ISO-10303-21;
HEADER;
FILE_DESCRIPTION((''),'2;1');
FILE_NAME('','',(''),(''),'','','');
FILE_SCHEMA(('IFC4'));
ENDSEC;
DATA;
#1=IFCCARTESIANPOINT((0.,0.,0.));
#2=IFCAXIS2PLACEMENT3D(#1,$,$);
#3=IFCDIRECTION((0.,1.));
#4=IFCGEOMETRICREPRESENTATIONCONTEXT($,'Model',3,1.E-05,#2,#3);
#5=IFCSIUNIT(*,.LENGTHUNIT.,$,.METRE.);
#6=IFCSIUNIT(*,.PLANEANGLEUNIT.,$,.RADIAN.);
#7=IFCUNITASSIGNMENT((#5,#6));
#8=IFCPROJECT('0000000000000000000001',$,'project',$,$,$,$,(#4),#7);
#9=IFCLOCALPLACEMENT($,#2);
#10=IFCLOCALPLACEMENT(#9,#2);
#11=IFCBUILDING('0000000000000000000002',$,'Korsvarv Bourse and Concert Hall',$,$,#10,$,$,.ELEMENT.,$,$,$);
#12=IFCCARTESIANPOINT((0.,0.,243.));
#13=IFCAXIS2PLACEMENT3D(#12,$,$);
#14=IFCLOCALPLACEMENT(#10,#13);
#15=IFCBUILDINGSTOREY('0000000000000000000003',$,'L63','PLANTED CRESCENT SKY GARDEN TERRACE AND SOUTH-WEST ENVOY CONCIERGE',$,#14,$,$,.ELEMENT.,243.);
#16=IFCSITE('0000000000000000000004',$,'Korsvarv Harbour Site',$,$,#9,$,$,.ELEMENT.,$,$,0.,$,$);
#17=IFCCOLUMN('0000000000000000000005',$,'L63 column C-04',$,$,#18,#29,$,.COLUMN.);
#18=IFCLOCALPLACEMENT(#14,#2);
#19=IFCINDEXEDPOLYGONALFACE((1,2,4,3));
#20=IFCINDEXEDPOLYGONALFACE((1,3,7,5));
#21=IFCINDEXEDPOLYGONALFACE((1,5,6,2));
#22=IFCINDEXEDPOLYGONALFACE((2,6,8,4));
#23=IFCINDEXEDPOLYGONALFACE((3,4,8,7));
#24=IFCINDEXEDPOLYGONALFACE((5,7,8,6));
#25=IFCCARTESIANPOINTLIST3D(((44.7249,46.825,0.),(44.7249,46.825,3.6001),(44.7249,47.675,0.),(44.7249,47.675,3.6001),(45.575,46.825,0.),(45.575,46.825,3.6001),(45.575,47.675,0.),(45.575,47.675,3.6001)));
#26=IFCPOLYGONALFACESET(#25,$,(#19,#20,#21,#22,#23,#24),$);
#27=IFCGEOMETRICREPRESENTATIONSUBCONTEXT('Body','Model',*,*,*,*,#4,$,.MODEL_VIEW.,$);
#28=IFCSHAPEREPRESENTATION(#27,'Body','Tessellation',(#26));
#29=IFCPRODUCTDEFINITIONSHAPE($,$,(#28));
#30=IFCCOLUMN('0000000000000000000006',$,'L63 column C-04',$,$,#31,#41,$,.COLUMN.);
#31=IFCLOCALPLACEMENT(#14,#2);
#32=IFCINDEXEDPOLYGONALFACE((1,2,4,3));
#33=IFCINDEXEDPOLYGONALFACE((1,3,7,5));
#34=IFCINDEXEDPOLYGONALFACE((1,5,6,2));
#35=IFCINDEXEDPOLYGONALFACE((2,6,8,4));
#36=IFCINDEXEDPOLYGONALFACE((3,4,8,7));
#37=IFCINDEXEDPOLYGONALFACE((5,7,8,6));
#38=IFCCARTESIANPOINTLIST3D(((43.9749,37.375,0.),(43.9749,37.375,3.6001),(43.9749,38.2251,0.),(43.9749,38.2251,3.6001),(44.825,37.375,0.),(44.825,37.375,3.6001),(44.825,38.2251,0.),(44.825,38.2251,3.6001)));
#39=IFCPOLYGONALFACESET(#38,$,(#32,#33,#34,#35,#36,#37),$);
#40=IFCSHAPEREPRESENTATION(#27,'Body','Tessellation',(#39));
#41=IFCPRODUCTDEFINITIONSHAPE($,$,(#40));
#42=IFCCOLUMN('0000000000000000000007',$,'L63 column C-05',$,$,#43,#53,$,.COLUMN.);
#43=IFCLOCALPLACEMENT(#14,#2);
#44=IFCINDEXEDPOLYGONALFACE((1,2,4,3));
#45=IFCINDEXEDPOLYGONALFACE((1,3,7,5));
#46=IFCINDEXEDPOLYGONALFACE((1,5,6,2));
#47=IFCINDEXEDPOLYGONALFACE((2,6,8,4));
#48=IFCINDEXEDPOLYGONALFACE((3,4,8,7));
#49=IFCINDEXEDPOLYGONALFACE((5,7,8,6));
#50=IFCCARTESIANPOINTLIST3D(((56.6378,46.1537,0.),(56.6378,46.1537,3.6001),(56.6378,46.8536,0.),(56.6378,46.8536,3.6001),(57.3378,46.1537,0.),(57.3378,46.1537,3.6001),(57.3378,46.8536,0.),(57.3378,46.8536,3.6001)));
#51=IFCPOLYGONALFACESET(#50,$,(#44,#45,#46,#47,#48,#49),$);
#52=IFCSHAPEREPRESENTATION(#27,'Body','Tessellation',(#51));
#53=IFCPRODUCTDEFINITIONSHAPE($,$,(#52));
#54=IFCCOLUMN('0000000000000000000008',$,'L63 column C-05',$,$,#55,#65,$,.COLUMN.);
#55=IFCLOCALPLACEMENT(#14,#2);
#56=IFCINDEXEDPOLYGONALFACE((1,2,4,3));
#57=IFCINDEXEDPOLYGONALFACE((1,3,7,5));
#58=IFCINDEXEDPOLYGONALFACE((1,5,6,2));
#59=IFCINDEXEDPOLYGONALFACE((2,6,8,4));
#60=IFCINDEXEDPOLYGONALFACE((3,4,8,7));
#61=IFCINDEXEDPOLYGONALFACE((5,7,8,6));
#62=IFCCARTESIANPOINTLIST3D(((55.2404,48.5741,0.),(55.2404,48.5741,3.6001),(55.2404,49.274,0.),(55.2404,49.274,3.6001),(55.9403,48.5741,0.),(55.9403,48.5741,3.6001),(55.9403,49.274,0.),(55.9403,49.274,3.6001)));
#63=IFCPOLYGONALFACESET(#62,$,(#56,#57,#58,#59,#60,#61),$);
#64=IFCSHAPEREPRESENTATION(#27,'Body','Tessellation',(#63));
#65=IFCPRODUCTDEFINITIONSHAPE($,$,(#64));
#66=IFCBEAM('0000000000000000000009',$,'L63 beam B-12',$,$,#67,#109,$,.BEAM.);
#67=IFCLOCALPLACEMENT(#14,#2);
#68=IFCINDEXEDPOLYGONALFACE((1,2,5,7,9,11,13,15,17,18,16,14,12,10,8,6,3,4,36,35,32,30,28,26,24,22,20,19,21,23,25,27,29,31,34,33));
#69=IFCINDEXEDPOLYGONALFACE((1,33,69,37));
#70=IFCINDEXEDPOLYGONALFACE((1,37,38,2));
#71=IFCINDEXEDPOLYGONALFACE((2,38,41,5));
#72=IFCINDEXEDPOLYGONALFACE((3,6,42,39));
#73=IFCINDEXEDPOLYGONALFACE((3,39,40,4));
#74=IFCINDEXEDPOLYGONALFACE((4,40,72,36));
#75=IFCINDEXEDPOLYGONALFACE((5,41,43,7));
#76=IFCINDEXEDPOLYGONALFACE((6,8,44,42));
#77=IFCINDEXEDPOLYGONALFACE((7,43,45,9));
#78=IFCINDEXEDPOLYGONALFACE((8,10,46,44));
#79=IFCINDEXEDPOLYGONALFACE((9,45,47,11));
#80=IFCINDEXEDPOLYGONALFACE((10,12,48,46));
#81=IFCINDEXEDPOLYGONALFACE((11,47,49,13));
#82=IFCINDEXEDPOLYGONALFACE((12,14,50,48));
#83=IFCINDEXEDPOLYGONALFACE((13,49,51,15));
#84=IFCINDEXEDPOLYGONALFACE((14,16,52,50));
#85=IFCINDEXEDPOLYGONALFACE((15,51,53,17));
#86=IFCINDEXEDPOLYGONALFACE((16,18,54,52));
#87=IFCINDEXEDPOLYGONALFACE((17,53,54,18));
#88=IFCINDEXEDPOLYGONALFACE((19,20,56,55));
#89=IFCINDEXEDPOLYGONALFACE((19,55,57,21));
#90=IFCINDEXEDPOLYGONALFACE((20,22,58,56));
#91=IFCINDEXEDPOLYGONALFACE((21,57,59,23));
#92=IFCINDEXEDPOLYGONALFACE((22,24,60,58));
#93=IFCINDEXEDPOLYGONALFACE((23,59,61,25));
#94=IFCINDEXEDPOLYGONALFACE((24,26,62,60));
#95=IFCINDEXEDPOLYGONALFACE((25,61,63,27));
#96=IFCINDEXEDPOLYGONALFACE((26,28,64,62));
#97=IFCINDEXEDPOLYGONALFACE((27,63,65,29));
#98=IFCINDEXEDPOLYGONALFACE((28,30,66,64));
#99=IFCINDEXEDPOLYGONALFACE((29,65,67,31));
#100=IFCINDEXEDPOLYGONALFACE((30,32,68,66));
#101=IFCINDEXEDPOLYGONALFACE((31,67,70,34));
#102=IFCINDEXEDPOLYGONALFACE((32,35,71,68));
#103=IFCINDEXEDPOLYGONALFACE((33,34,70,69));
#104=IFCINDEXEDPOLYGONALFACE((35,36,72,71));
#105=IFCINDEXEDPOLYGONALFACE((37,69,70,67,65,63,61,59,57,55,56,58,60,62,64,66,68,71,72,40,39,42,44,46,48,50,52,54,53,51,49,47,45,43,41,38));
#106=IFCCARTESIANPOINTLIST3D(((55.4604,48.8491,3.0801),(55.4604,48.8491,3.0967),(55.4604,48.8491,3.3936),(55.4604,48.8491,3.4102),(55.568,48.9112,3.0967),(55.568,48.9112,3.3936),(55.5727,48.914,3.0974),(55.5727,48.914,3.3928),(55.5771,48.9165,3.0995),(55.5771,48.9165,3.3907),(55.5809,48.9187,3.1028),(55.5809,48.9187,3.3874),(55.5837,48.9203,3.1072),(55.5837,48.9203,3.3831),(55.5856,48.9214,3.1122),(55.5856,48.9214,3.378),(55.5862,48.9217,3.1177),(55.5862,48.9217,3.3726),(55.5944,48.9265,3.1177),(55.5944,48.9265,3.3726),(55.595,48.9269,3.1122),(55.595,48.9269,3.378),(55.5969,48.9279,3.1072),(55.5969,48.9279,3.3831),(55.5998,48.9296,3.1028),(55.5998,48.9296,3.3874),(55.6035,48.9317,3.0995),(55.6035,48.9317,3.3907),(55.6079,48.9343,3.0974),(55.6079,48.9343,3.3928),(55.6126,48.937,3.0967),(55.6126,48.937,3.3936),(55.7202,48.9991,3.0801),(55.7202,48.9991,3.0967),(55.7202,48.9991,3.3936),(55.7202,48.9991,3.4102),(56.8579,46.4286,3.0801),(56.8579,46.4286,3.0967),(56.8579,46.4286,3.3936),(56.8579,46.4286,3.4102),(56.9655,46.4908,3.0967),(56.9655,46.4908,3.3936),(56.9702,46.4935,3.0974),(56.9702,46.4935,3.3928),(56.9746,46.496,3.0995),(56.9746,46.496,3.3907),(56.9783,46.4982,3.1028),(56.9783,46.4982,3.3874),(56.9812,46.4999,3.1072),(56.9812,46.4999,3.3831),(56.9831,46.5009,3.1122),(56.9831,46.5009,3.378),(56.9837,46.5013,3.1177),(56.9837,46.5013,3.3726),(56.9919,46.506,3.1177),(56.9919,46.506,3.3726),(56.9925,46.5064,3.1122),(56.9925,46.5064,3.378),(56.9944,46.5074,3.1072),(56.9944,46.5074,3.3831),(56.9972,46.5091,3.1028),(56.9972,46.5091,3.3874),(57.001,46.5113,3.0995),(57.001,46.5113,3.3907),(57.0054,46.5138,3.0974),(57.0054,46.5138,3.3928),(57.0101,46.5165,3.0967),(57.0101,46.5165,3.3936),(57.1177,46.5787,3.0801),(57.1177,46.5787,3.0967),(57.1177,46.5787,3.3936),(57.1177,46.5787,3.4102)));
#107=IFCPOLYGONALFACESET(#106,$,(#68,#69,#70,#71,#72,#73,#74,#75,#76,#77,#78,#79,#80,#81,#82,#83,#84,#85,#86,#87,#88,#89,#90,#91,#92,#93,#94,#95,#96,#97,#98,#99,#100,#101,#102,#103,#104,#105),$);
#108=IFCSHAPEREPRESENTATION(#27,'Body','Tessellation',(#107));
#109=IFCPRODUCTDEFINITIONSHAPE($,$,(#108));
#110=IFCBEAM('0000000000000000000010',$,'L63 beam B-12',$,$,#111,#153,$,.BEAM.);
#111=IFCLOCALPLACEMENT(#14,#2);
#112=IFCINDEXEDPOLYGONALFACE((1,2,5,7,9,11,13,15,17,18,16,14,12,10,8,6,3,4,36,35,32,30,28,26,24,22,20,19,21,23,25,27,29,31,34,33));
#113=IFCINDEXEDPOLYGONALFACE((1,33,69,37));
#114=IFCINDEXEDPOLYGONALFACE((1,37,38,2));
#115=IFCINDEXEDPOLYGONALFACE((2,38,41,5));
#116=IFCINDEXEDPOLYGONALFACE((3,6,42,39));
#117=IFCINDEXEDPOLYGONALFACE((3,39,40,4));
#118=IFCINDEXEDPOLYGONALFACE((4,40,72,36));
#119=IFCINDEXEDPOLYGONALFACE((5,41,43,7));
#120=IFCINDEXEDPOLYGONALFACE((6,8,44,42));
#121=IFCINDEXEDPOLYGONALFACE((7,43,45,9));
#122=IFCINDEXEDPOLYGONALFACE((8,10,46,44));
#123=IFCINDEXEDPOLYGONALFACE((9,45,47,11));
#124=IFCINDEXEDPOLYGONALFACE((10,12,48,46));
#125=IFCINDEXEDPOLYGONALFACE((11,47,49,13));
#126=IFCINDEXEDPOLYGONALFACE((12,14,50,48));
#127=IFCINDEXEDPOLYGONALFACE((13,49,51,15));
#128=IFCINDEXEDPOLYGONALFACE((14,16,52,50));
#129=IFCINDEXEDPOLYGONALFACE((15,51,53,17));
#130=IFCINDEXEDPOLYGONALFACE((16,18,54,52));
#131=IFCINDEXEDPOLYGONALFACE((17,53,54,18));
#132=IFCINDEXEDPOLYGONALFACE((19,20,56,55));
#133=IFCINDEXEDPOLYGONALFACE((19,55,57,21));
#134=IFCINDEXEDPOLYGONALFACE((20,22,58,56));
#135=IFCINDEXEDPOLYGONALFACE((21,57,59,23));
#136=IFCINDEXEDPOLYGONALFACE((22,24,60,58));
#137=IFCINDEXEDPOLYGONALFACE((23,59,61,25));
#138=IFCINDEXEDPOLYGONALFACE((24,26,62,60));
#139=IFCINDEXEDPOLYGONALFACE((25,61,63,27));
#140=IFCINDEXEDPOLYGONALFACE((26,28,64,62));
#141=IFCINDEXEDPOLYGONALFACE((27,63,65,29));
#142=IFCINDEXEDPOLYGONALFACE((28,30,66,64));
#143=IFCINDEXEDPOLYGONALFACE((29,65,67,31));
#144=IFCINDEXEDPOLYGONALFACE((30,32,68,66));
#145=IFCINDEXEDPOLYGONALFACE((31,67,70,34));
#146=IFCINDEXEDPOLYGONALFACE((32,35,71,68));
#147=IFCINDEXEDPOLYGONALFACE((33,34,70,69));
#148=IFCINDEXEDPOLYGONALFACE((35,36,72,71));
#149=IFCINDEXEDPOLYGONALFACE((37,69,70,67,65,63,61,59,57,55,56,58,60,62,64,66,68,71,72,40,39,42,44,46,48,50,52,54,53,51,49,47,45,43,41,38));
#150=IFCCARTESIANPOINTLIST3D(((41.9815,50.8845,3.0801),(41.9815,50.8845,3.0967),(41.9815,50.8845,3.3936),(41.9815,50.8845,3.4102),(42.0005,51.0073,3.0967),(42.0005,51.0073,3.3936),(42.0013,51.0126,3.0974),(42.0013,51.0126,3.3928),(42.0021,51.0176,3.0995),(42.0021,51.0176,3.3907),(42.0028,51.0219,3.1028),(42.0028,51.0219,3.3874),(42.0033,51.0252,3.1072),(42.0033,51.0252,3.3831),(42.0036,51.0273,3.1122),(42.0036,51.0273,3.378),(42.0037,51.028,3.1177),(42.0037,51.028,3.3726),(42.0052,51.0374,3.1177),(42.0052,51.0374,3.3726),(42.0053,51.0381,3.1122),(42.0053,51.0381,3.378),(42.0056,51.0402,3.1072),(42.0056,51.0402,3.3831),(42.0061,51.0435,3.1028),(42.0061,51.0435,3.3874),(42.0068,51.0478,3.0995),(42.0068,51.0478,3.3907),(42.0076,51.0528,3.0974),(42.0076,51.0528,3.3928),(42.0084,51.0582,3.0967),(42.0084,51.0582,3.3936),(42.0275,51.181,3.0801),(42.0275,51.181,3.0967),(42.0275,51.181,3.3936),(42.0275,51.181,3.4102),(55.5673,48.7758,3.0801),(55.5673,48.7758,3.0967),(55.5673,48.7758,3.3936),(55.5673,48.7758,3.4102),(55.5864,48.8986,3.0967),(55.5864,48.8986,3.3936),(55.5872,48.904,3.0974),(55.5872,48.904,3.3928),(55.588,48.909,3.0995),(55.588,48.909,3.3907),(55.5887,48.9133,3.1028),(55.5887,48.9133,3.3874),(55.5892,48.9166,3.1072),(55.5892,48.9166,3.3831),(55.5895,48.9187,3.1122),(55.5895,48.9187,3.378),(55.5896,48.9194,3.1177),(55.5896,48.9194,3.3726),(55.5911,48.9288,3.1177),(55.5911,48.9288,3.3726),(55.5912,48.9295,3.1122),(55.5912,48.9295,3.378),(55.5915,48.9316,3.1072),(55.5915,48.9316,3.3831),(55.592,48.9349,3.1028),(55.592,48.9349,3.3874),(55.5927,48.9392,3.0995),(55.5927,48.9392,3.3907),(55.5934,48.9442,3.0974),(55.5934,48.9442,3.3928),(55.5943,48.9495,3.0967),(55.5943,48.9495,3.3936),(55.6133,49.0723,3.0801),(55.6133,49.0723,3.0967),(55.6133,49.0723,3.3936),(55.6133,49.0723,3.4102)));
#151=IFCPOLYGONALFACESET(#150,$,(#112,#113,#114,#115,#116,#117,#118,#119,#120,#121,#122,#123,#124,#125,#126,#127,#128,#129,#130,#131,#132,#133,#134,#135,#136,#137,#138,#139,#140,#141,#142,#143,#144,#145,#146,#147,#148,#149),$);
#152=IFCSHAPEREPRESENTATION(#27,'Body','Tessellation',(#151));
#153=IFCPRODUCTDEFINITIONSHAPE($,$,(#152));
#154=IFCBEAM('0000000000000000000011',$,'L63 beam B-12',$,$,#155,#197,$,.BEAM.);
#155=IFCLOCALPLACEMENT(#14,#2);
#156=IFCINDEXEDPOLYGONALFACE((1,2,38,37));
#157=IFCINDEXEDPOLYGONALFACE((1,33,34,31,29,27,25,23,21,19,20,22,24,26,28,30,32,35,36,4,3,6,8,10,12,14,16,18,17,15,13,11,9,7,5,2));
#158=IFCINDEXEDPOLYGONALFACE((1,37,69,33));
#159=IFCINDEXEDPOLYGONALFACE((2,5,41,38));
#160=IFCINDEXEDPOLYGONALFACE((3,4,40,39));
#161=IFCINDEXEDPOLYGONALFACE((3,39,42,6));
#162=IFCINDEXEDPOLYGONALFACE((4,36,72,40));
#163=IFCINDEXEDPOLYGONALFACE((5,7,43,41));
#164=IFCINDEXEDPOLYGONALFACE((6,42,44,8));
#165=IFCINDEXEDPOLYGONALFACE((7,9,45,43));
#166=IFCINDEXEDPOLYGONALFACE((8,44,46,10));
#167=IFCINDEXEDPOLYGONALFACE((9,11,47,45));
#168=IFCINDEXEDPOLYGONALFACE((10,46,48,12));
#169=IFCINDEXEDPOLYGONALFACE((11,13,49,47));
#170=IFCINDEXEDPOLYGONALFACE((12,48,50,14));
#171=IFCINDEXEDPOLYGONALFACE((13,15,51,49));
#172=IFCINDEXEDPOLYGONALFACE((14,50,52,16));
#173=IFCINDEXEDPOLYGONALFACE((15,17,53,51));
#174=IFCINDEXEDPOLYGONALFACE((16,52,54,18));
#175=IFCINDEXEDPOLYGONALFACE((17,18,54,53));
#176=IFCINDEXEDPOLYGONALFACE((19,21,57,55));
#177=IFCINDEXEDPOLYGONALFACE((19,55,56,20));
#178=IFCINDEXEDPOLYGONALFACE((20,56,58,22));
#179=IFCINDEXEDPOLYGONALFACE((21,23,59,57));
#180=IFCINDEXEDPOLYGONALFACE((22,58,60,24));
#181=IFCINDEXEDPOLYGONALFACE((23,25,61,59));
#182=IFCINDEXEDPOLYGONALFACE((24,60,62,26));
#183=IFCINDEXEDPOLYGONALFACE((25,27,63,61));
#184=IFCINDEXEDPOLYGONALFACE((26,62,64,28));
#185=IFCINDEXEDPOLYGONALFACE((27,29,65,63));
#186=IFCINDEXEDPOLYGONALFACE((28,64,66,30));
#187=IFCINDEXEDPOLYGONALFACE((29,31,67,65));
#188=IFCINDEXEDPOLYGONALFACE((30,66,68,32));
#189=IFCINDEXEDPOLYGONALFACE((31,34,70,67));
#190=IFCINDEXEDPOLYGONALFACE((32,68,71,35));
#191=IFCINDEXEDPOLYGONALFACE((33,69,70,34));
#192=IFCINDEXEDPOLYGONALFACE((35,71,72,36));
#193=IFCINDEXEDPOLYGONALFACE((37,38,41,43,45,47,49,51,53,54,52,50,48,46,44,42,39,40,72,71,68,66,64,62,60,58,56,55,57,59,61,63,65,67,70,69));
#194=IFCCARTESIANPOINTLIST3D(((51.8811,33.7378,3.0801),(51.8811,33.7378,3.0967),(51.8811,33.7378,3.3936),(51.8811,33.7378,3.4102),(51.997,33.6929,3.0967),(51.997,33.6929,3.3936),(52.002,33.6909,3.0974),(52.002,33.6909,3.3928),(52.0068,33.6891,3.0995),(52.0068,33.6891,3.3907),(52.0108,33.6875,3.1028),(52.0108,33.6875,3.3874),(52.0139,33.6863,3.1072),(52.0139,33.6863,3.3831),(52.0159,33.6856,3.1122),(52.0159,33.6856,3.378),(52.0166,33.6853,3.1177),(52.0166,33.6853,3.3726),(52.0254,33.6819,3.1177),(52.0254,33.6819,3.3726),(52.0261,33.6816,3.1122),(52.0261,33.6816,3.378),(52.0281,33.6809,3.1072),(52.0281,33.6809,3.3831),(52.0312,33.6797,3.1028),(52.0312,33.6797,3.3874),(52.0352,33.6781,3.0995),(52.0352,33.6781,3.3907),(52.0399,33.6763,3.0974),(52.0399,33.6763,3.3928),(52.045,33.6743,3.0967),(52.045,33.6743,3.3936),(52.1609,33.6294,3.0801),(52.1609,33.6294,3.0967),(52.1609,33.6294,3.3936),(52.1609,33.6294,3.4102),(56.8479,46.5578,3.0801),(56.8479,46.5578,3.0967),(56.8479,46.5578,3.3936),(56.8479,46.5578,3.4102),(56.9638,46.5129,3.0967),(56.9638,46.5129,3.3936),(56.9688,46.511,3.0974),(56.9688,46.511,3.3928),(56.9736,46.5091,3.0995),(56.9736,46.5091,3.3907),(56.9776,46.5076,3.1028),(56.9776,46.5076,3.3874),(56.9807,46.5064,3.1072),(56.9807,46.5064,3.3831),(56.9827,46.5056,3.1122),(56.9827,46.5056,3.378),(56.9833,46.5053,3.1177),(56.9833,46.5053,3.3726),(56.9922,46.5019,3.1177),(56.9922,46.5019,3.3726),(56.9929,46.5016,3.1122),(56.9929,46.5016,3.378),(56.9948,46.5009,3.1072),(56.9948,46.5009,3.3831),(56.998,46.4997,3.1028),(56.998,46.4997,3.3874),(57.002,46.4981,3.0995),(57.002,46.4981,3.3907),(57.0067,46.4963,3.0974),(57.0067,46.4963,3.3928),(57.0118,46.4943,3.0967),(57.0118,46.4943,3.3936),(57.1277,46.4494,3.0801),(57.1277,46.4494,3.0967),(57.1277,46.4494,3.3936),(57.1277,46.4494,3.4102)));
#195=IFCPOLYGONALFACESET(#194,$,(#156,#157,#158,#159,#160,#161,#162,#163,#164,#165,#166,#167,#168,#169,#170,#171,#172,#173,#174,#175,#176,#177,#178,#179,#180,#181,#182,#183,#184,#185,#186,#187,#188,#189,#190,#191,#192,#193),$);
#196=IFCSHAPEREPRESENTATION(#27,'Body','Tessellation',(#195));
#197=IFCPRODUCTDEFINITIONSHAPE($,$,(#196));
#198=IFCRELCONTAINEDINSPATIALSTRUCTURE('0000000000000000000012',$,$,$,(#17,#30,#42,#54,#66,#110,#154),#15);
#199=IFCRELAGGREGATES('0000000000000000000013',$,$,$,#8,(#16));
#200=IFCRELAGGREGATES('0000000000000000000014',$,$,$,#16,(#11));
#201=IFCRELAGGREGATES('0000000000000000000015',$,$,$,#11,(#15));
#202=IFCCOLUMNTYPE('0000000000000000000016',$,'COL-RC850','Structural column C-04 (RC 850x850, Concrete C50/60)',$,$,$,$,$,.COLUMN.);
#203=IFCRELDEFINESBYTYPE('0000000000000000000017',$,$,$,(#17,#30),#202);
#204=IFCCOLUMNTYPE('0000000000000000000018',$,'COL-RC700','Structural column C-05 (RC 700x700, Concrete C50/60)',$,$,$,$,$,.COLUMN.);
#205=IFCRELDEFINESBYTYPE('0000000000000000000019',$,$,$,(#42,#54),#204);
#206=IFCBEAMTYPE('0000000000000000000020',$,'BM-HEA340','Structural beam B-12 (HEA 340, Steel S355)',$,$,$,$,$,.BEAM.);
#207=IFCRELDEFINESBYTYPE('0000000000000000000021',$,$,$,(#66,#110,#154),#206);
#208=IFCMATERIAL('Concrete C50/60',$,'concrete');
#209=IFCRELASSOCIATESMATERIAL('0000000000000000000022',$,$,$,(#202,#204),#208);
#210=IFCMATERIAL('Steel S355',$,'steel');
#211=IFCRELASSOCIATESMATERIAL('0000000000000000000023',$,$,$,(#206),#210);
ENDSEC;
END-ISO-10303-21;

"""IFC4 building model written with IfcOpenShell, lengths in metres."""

from ifc_helpers import new_model, si_unit, direction, frame, origin, origin_2d, place, context, subcontext, project, spatial, rectangle, i_section, extrude, source, transform, mapped, material, material_profile, profile_set, type_object, element, save


model = new_model("IFC4")

# Units and contexts
model_context = context("Model", 3, precision=1e-05, world=origin(), true_north=direction((0.0, 1.0)))
body_context = subcontext(model_context, "Body", "Model", "MODEL_VIEW")
ifc_project = project(units=[si_unit("LENGTHUNIT", "METRE"), si_unit("PLANEANGLEUNIT", "RADIAN")], contexts=[model_context])

# Site, building, storey
site_placement = place(None, origin())
site = spatial("IfcSite", under=ifc_project, at=site_placement, Name="Korsvarv Harbour Site", CompositionType="ELEMENT", RefElevation=0.0)
building_placement = place(site_placement, origin())
building = spatial("IfcBuilding", under=site, at=building_placement, Name="Korsvarv Bourse and Concert Hall", CompositionType="ELEMENT")
storey_placement = place(building_placement, frame((0.0, 0.0, 243.0)))
storey = spatial("IfcBuildingStorey", under=building, at=storey_placement, Name="L63", Description="PLANTED CRESCENT SKY GARDEN TERRACE AND SOUTH-WEST ENVOY CONCIERGE", CompositionType="ELEMENT", Elevation=243.0)

# Columns
ifc_material_1 = material(Name="Concrete C50/60", Category="concrete")
ifc_material_profile_1 = material_profile(ifc_material_1, rectangle(XDim=0.8501, YDim=0.8501, at=origin_2d()), Name="RC 850x850")
ifc_profile_set_1 = profile_set([ifc_material_profile_1], Name="Concrete C50/60")
column_type_1 = type_object("IfcColumnType", Name="COL-RC850", Description="Structural column C-04 (RC 850x850, Concrete C50/60)", PredefinedType="COLUMN", material=ifc_profile_set_1)
shared_shape_1 = source(origin(), body_context, "Body", "SweptSolid", [
    extrude(rectangle(XDim=0.8501, YDim=0.8501, at=origin_2d()), origin(), (0.0, 0.0, 1.0), 3.6001),
])
for number, where, z_axis, x_axis, name in (
    (1, (45.1499, 47.25, 0.0), (0.0, 0.0, 1.0), (1.0, 0.0, 0.0), "L63 column C-04"),
    (2, (44.3999, 37.8, 0.0), (0.0, 0.0, 1.0), (1.0, 0.0, 0.0), "L63 column C-04"),
):
    element("IfcColumn", number, at=place(storey_placement, frame(where, z_axis=z_axis, x_axis=x_axis)), inside=storey, type_object=column_type_1, Name=name, PredefinedType="COLUMN", context=body_context, shape_type="MappedRepresentation", body=[
        mapped(shared_shape_1, transform((0.0, 0.0, 0.0), scale=1.0)),
    ])
ifc_material_profile_2 = material_profile(ifc_material_1, rectangle(XDim=0.7, YDim=0.7, at=origin_2d()), Name="RC 700x700")
ifc_profile_set_2 = profile_set([ifc_material_profile_2], Name="Concrete C50/60")
column_type_2 = type_object("IfcColumnType", Name="COL-RC700", Description="Structural column C-05 (RC 700x700, Concrete C50/60)", PredefinedType="COLUMN", material=ifc_profile_set_2)
shared_shape_2 = source(origin(), body_context, "Body", "SweptSolid", [
    extrude(rectangle(XDim=0.7, YDim=0.7, at=origin_2d()), origin(), (0.0, 0.0, 1.0), 3.6001),
])
for number, where, z_axis, x_axis, name in (
    (3, (56.9878, 46.5037, 0.0), (0.0, 0.0, 1.0), (1.0, 0.0, 0.0), "L63 column C-05"),
    (4, (55.5903, 48.9241, 0.0), (0.0, 0.0, 1.0), (1.0, 0.0, 0.0), "L63 column C-05"),
):
    element("IfcColumn", number, at=place(storey_placement, frame(where, z_axis=z_axis, x_axis=x_axis)), inside=storey, type_object=column_type_2, Name=name, PredefinedType="COLUMN", context=body_context, shape_type="MappedRepresentation", body=[
        mapped(shared_shape_2, transform((0.0, 0.0, 0.0), scale=1.0)),
    ])

# Beams
ifc_material_2 = material(Name="Steel S355", Category="steel")
ifc_material_profile_3 = material_profile(ifc_material_2, i_section(OverallWidth=0.3, OverallDepth=0.3301, WebThickness=0.0095, FlangeThickness=0.0166, FilletRadius=0.021, at=origin_2d()), Name="HEA 340")
ifc_profile_set_3 = profile_set([ifc_material_profile_3], Name="Steel S355")
beam_type_1 = type_object("IfcBeamType", Name="BM-HEA340", Description="Structural beam B-12 (HEA 340, Steel S355)", PredefinedType="BEAM", material=ifc_profile_set_3)
shared_shape_3 = source(origin(), body_context, "Body", "SweptSolid", [
    extrude(i_section(OverallWidth=0.3, OverallDepth=0.3301, WebThickness=0.0095, FlangeThickness=0.0166, FilletRadius=0.021, at=origin_2d()), origin(), (0.0, 0.0, 1.0), 2.7949),
])
beam_1_placement = place(storey_placement, frame((56.9878, 46.5037, 3.2451), z_axis=(-0.50001, 0.86602, 0.0), x_axis=(-0.86602, -0.50001, 0.0)))
element("IfcBeam", 5, at=beam_1_placement, inside=storey, type_object=beam_type_1, Name="L63 beam B-12", PredefinedType="BEAM", context=body_context, shape_type="MappedRepresentation", body=[
    mapped(shared_shape_3, transform((0.0, 0.0, 0.0), scale=1.0)),
])
shared_shape_4 = source(origin(), body_context, "Body", "SweptSolid", [
    extrude(i_section(OverallWidth=0.3, OverallDepth=0.3301, WebThickness=0.0095, FlangeThickness=0.0166, FilletRadius=0.021, at=origin_2d()), origin(), (0.0, 0.0, 1.0), 13.7485),
])
for number, where, z_axis, x_axis, name in (
    (6, (55.5903, 48.9241, 3.2451), (-0.988169, 0.153371, 0.0), (-0.153371, -0.988169, 0.0), "L63 beam B-12"),
    (7, (52.021, 33.6836, 3.2451), (0.361259, 0.932465, 0.0), (-0.932465, 0.361259, 0.0), "L63 beam B-12"),
):
    element("IfcBeam", number, at=place(storey_placement, frame(where, z_axis=z_axis, x_axis=x_axis)), inside=storey, type_object=beam_type_1, Name=name, PredefinedType="BEAM", context=body_context, shape_type="MappedRepresentation", body=[
        mapped(shared_shape_4, transform((0.0, 0.0, 0.0), scale=1.0)),
    ])

save(model, "model.ifc")
